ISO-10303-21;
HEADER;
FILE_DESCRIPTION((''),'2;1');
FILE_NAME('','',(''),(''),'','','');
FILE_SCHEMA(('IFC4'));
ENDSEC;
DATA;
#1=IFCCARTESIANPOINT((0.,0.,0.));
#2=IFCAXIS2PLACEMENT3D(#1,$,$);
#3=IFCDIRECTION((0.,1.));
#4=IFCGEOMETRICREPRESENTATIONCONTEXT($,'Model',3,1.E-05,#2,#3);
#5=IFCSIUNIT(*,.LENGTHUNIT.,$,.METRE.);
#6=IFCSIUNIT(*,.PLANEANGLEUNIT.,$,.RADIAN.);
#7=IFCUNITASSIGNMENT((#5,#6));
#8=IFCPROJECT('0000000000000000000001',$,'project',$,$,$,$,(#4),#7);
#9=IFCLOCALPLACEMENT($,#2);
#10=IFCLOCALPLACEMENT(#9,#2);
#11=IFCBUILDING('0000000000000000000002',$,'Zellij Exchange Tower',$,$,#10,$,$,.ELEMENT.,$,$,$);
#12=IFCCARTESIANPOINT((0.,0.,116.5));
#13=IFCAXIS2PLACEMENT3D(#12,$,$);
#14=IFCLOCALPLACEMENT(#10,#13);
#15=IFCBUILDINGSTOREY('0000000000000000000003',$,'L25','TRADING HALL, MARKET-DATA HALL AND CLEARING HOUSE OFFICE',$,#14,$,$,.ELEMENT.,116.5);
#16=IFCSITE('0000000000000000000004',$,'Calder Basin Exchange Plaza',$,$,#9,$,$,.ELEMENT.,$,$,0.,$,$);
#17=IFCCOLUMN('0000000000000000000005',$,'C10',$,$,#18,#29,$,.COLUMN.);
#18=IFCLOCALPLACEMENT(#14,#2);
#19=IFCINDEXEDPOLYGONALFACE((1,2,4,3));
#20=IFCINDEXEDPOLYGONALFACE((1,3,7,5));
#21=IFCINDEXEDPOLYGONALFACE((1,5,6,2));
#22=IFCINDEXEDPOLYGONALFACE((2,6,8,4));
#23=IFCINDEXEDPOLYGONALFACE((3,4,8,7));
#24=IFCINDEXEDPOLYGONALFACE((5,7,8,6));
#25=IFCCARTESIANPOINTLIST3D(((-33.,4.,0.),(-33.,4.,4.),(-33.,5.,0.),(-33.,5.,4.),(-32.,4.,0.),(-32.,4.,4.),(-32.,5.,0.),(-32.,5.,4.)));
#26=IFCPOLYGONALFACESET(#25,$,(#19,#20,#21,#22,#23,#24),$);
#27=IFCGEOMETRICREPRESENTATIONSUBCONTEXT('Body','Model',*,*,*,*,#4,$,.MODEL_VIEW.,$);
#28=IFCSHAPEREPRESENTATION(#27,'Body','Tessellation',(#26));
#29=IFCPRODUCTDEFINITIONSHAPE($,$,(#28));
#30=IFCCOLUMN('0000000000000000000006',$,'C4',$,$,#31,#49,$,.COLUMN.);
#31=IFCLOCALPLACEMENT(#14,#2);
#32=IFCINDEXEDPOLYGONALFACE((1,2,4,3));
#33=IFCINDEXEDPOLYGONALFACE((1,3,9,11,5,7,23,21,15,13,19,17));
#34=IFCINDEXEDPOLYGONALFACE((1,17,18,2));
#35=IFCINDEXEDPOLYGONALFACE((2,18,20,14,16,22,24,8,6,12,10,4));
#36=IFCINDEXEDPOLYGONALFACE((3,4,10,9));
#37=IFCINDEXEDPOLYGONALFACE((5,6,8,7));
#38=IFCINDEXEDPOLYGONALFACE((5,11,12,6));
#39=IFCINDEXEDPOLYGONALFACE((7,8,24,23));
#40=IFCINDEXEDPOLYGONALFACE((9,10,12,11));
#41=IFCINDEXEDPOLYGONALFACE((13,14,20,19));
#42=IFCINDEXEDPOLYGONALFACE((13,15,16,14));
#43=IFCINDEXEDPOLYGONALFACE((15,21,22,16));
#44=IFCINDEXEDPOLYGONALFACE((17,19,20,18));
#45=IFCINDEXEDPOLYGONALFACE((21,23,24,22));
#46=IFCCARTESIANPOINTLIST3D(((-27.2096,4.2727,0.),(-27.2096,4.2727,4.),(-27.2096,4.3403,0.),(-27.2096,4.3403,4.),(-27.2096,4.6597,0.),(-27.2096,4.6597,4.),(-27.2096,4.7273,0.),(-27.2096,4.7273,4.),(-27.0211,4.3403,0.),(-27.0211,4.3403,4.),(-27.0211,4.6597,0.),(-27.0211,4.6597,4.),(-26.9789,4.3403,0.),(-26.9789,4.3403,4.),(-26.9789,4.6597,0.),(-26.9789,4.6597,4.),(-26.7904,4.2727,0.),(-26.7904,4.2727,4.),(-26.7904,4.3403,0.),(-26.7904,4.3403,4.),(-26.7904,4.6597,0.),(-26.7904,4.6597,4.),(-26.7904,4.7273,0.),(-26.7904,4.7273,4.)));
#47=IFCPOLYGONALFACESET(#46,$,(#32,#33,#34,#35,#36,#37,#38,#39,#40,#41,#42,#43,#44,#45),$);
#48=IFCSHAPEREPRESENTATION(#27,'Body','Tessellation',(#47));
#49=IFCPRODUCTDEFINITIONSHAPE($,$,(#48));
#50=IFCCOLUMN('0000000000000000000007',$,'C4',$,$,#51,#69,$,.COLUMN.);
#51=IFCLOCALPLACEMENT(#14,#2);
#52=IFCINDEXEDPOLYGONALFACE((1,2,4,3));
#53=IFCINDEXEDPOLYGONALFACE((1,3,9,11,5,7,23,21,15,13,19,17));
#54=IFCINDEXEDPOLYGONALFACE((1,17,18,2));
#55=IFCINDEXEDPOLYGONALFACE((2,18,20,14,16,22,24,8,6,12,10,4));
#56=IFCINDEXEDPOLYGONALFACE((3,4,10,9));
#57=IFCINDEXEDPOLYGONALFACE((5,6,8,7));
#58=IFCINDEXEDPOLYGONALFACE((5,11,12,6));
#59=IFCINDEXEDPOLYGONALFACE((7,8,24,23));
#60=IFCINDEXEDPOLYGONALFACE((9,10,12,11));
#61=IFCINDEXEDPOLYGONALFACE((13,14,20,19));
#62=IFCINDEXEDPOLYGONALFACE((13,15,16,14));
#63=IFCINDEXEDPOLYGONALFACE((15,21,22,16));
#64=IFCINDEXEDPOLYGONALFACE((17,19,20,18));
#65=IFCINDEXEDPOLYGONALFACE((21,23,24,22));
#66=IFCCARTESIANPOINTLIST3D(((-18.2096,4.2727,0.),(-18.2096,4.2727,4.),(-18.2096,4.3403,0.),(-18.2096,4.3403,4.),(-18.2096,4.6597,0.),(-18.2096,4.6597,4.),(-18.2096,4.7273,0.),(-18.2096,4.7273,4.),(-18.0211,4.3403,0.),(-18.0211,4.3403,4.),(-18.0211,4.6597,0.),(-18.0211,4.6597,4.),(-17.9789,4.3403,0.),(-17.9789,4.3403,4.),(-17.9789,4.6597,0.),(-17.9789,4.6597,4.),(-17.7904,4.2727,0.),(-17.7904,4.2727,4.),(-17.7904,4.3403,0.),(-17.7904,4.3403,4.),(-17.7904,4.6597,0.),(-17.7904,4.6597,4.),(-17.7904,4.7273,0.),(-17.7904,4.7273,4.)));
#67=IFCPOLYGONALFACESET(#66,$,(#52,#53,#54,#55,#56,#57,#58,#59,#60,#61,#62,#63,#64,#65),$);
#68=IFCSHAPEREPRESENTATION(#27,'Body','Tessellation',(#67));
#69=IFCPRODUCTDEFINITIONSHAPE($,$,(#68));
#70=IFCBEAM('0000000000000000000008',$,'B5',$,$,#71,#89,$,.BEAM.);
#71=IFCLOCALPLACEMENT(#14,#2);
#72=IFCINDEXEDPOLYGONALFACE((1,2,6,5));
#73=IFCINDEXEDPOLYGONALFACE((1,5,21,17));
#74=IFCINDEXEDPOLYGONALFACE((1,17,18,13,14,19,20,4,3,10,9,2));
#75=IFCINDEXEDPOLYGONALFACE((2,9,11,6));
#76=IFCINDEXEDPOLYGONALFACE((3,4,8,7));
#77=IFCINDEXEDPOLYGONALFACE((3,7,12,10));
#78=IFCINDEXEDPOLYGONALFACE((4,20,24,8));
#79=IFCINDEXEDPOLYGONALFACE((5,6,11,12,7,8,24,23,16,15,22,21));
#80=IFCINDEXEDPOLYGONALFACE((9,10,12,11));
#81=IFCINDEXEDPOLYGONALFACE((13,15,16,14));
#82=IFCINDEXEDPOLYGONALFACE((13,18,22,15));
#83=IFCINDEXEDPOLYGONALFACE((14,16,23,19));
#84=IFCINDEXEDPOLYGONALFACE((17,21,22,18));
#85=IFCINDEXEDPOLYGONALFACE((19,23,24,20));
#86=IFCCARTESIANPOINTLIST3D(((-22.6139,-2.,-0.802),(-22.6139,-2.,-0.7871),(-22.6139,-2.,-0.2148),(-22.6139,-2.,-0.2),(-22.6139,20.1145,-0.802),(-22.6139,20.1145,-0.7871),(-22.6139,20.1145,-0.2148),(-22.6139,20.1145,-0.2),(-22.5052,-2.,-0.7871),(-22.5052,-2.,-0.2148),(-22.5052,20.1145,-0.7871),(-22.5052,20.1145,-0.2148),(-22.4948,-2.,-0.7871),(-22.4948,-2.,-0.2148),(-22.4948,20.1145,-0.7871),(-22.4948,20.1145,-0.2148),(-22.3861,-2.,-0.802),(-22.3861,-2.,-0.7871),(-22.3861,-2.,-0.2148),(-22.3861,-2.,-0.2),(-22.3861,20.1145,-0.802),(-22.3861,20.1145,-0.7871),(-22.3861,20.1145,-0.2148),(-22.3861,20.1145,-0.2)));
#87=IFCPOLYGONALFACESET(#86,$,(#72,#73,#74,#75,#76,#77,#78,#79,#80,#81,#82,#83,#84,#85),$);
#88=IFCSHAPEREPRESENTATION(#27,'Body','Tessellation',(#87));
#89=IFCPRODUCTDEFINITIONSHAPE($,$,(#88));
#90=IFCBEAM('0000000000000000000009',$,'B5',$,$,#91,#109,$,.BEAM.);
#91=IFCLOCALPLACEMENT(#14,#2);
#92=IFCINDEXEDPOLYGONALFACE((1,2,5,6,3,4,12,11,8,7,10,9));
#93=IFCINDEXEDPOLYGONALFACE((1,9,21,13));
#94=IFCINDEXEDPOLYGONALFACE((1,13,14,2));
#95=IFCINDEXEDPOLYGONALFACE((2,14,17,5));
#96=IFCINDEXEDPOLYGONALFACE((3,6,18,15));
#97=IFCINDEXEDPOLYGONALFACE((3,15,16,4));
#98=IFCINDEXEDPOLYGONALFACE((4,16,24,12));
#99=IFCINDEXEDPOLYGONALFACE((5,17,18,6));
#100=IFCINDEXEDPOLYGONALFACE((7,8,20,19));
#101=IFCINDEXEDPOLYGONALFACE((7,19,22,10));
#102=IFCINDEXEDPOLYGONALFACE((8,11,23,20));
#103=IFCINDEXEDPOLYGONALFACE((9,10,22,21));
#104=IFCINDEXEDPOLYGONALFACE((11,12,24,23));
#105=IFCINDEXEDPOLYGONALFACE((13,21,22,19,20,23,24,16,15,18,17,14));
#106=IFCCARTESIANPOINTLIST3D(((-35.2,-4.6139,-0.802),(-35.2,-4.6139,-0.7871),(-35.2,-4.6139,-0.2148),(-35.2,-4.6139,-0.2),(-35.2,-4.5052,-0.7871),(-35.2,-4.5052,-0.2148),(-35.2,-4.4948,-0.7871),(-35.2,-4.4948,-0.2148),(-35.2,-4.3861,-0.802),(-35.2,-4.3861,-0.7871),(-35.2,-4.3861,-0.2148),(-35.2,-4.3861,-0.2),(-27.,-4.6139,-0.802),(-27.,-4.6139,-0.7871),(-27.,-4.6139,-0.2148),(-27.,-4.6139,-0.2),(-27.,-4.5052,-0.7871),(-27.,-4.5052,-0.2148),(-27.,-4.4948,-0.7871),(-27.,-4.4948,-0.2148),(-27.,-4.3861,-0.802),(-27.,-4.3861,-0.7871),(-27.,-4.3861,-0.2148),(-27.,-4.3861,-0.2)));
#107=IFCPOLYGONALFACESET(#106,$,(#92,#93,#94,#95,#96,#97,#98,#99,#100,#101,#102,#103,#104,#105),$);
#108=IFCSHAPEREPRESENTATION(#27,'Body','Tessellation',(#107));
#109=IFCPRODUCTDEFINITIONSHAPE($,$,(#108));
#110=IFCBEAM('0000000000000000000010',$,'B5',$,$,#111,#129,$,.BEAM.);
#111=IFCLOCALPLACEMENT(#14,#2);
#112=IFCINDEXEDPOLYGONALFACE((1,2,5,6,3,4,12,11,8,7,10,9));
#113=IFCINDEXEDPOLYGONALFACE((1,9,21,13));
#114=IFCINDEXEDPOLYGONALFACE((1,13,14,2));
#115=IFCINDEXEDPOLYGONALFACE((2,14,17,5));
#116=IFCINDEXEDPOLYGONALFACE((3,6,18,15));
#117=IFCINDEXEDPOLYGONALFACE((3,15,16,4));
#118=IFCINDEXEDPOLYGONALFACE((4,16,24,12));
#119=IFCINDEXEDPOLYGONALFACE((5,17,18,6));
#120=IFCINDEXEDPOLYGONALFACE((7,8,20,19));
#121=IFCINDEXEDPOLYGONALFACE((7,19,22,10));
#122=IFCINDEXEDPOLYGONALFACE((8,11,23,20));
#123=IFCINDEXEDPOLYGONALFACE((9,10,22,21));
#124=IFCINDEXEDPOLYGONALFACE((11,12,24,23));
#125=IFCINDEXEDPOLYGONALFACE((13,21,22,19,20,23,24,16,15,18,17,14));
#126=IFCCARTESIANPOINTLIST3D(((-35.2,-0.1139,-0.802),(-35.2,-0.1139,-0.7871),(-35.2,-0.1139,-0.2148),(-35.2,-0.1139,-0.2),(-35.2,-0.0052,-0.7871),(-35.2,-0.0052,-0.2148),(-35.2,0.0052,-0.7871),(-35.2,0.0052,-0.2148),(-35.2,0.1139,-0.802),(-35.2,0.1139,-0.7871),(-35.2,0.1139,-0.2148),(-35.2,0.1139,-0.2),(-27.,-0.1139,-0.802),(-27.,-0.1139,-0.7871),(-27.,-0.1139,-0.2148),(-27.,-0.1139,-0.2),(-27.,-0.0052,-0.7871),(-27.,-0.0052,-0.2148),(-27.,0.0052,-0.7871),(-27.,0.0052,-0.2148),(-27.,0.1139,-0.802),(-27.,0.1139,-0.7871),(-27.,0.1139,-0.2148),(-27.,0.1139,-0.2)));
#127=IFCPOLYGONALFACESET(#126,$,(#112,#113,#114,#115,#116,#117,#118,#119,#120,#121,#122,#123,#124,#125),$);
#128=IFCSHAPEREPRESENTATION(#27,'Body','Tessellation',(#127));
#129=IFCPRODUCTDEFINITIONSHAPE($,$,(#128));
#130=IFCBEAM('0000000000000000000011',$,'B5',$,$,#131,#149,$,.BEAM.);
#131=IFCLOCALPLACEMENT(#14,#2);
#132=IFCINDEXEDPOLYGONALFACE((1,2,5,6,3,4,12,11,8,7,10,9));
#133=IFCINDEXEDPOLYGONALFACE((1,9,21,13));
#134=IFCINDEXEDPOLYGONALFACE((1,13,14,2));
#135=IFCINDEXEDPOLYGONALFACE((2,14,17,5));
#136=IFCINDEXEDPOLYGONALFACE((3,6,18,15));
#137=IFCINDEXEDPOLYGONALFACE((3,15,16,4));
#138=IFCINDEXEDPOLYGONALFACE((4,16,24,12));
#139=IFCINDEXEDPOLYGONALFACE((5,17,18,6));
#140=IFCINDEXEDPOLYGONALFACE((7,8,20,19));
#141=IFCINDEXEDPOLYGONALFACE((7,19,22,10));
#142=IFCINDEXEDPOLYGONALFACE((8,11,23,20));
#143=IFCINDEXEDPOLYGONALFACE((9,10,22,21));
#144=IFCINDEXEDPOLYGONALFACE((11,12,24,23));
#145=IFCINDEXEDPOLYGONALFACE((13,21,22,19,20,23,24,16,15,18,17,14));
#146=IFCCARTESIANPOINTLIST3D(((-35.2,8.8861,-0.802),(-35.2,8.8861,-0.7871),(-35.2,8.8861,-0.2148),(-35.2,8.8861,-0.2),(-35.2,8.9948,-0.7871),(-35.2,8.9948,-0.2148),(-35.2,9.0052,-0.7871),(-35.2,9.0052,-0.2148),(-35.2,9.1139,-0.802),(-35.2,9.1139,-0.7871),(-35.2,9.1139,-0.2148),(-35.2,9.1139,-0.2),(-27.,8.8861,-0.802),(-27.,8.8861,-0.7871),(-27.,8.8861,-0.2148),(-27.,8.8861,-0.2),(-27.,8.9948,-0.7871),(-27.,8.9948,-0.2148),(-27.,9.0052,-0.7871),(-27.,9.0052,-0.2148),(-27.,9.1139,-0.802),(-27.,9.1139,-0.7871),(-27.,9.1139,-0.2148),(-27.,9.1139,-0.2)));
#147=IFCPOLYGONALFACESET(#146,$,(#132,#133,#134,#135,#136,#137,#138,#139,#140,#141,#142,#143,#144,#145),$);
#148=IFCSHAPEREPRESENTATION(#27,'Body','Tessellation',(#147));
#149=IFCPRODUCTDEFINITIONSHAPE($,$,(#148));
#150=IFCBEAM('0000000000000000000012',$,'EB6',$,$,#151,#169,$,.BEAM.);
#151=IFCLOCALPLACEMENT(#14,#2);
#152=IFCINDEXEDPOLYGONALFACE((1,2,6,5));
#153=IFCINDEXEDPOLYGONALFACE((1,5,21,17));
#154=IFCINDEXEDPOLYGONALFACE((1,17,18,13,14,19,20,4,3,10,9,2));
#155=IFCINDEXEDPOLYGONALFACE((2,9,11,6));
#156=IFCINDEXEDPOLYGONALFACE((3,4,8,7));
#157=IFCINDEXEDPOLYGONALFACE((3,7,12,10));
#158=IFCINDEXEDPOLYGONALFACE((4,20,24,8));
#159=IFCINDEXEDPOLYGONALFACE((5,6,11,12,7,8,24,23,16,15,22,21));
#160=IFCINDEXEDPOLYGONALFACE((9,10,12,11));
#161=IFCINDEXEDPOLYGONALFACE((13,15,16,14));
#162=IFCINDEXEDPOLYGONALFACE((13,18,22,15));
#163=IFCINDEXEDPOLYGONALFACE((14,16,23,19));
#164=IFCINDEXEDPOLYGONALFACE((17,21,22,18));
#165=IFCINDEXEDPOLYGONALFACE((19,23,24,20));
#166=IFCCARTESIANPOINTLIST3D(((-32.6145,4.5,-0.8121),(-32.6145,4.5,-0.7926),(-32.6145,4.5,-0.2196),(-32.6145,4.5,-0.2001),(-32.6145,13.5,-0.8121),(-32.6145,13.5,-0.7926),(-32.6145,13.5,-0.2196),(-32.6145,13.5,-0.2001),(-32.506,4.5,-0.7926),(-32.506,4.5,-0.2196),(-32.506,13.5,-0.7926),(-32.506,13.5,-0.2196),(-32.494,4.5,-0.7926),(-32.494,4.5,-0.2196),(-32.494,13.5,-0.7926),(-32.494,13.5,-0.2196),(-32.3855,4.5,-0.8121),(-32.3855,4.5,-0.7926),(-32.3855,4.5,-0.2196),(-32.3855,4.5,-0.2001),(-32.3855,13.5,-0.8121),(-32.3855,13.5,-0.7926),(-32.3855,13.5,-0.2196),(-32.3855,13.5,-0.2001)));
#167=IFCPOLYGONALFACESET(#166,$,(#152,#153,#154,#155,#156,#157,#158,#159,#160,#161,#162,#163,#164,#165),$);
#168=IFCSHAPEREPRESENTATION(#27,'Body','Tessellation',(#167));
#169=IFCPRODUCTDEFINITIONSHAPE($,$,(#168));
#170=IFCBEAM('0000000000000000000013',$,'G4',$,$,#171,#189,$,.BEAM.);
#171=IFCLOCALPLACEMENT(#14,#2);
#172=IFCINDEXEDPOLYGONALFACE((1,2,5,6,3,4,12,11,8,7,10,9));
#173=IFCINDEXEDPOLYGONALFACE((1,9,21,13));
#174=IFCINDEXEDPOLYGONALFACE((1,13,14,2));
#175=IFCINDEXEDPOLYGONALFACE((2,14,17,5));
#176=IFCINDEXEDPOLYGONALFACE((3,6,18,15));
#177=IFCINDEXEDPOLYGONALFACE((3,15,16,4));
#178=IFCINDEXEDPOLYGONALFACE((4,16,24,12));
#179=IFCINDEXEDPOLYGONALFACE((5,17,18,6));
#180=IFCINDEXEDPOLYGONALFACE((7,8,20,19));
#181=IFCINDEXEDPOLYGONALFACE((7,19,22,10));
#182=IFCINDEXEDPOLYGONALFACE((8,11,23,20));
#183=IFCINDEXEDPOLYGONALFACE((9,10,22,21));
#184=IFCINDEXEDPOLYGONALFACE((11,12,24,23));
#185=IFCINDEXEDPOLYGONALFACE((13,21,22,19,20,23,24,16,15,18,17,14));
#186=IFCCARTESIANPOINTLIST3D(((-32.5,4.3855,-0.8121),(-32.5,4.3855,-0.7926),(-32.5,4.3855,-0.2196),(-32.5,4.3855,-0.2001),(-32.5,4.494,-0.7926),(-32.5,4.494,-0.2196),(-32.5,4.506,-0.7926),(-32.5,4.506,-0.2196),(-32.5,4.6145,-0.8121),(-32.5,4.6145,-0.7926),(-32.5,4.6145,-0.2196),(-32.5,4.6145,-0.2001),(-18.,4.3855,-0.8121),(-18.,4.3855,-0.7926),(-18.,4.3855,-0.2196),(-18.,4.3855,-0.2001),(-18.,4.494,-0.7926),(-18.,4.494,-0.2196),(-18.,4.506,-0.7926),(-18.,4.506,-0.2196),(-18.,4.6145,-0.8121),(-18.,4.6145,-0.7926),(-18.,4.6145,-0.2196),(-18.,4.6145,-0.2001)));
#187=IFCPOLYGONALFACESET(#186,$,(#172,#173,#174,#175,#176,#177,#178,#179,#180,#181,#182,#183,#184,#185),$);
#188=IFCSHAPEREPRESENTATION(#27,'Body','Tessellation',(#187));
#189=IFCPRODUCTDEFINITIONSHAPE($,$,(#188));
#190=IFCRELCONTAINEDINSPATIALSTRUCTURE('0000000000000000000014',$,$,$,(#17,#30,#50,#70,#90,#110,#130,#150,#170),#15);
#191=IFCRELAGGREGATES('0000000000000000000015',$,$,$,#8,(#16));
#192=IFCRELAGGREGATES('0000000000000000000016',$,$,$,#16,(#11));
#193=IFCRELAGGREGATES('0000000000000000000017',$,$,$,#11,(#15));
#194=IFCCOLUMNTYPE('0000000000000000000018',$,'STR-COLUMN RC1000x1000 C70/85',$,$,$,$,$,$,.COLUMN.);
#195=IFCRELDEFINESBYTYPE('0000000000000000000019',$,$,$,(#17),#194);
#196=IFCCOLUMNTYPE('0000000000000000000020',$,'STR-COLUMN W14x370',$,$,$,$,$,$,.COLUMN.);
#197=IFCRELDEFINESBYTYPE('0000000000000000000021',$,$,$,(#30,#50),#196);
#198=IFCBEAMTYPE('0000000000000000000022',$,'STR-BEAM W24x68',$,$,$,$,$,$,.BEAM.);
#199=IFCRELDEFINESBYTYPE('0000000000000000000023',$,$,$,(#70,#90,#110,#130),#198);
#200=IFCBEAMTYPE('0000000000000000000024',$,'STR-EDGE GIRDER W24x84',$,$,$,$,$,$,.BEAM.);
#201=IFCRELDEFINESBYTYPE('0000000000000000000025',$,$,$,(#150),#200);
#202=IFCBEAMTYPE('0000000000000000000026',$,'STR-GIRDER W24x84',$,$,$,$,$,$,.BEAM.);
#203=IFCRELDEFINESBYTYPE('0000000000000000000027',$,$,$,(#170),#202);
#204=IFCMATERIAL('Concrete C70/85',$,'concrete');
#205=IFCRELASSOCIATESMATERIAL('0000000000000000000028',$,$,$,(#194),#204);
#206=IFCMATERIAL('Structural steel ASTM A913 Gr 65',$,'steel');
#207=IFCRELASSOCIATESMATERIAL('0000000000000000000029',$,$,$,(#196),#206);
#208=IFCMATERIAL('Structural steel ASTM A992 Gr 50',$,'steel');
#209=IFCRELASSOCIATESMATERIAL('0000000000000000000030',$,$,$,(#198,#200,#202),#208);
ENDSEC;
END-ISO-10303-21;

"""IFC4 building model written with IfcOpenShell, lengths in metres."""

from ifc_helpers import new_model, si_unit, direction, frame, origin, origin_2d, place, context, subcontext, project, spatial, rectangle, i_section, extrude, material, material_profile, profile_set, type_object, element, save


model = new_model("IFC4")

# Units and contexts
model_context = context("Model", 3, precision=1e-05, world=origin(), true_north=direction((0.0, 1.0)))
body_context = subcontext(model_context, "Body", "Model", "MODEL_VIEW")
ifc_project = project(units=[si_unit("LENGTHUNIT", "METRE"), si_unit("PLANEANGLEUNIT", "RADIAN")], contexts=[model_context])

# Site, building, storey
site_placement = place(None, origin())
site = spatial("IfcSite", under=ifc_project, at=site_placement, Name="Calder Basin Exchange Plaza", CompositionType="ELEMENT", RefElevation=0.0)
building_placement = place(site_placement, origin())
building = spatial("IfcBuilding", under=site, at=building_placement, Name="Zellij Exchange Tower", CompositionType="ELEMENT")
storey_placement = place(building_placement, frame((0.0, 0.0, 116.5)))
storey = spatial("IfcBuildingStorey", under=building, at=storey_placement, Name="L25", Description="TRADING HALL, MARKET-DATA HALL AND CLEARING HOUSE OFFICE", CompositionType="ELEMENT", Elevation=116.5)

# Columns
ifc_material_1 = material(Name="Concrete C70/85", Category="concrete")
ifc_material_profile_1 = material_profile(ifc_material_1, rectangle(XDim=1.0, YDim=1.0, at=origin_2d()), Name="STR-COLUMN RC1000x1000 C70/85")
ifc_profile_set_1 = profile_set([ifc_material_profile_1], Name="Concrete C70/85")
column_type_1 = type_object("IfcColumnType", Name="STR-COLUMN RC1000x1000 C70/85", PredefinedType="COLUMN", material=ifc_profile_set_1)
column_placement = place(storey_placement, frame((-32.5, 4.5, 0.0), z_axis=(0.0, 0.0, 1.0), x_axis=(1.0, 0.0, 0.0)))
element("IfcColumn", 1, at=column_placement, inside=storey, type_object=column_type_1, Name="C10", PredefinedType="COLUMN", context=body_context, shape_type="SweptSolid", body=[
    extrude(rectangle(XDim=1.0, YDim=1.0, at=origin_2d()), origin(), (0.0, 0.0, 1.0), 4.0),
])
ifc_material_2 = material(Name="Structural steel ASTM A913 Gr 65", Category="steel")
ifc_material_profile_2 = material_profile(ifc_material_2, i_section(OverallWidth=0.4192, OverallDepth=0.4546, WebThickness=0.0422, FlangeThickness=0.0676, at=origin_2d()), Name="W14x370")
ifc_profile_set_2 = profile_set([ifc_material_profile_2], Name="Structural steel ASTM A913 Gr 65")
column_type_2 = type_object("IfcColumnType", Name="STR-COLUMN W14x370", PredefinedType="COLUMN", material=ifc_profile_set_2)
for number, where, z_axis, x_axis, name in (
    (2, (-27.0, 4.5, 0.0), (0.0, 0.0, 1.0), (1.0, 0.0, 0.0), "C4"),
    (3, (-18.0, 4.5, 0.0), (0.0, 0.0, 1.0), (1.0, 0.0, 0.0), "C4"),
):
    element("IfcColumn", number, at=place(storey_placement, frame(where, z_axis=z_axis, x_axis=x_axis)), inside=storey, type_object=column_type_2, Name=name, PredefinedType="COLUMN", context=body_context, shape_type="SweptSolid", body=[
        extrude(i_section(OverallWidth=0.4192, OverallDepth=0.4546, WebThickness=0.0422, FlangeThickness=0.0676, at=origin_2d()), origin(), (0.0, 0.0, 1.0), 4.0),
    ])

# Beams
ifc_material_3 = material(Name="Structural steel ASTM A992 Gr 50", Category="steel")
ifc_material_profile_3 = material_profile(ifc_material_3, i_section(OverallWidth=0.2278, OverallDepth=0.6021, WebThickness=0.0105, FlangeThickness=0.0149, at=origin_2d()), Name="W24x68")
ifc_profile_set_3 = profile_set([ifc_material_profile_3], Name="Structural steel ASTM A992 Gr 50")
beam_type_1 = type_object("IfcBeamType", Name="STR-BEAM W24x68", PredefinedType="BEAM", material=ifc_profile_set_3)
beam_1_placement = place(storey_placement, frame((-22.5, -2.0, -0.501), z_axis=(0.0, 1.0, 0.0), x_axis=(-1.0, 0.0, 0.0)))
element("IfcBeam", 4, at=beam_1_placement, inside=storey, type_object=beam_type_1, Name="B5", PredefinedType="BEAM", context=body_context, shape_type="SweptSolid", body=[
    extrude(i_section(OverallWidth=0.2278, OverallDepth=0.6021, WebThickness=0.0105, FlangeThickness=0.0149, at=origin_2d()), origin(), (0.0, 0.0, 1.0), 22.1145),
])
for number, where, z_axis, x_axis, name in (
    (5, (-35.2, -4.5, -0.501), (1.0, 0.0, 0.0), (0.0, 1.0, 0.0), "B5"),
    (6, (-35.2, 0.0, -0.501), (1.0, 0.0, 0.0), (0.0, 1.0, 0.0), "B5"),
    (7, (-35.2, 9.0, -0.501), (1.0, 0.0, 0.0), (0.0, 1.0, 0.0), "B5"),
):
    element("IfcBeam", number, at=place(storey_placement, frame(where, z_axis=z_axis, x_axis=x_axis)), inside=storey, type_object=beam_type_1, Name=name, PredefinedType="BEAM", context=body_context, shape_type="SweptSolid", body=[
        extrude(i_section(OverallWidth=0.2278, OverallDepth=0.6021, WebThickness=0.0105, FlangeThickness=0.0149, at=origin_2d()), origin(), (0.0, 0.0, 1.0), 8.2),
    ])
ifc_material_profile_4 = material_profile(ifc_material_3, i_section(OverallWidth=0.229, OverallDepth=0.6121, WebThickness=0.012, FlangeThickness=0.0195, at=origin_2d()), Name="W24x84")
ifc_profile_set_4 = profile_set([ifc_material_profile_4], Name="Structural steel ASTM A992 Gr 50")
beam_type_2 = type_object("IfcBeamType", Name="STR-EDGE GIRDER W24x84", PredefinedType="BEAM", material=ifc_profile_set_4)
beam_2_placement = place(storey_placement, frame((-32.5, 4.5, -0.5061), z_axis=(0.0, 1.0, 0.0), x_axis=(-1.0, 0.0, 0.0)))
element("IfcBeam", 8, at=beam_2_placement, inside=storey, type_object=beam_type_2, Name="EB6", PredefinedType="BEAM", context=body_context, shape_type="SweptSolid", body=[
    extrude(i_section(OverallWidth=0.229, OverallDepth=0.6121, WebThickness=0.012, FlangeThickness=0.0195, at=origin_2d()), origin(), (0.0, 0.0, 1.0), 9.0),
])
ifc_material_profile_5 = material_profile(ifc_material_3, i_section(OverallWidth=0.229, OverallDepth=0.6121, WebThickness=0.012, FlangeThickness=0.0195, at=origin_2d()), Name="W24x84")
ifc_profile_set_5 = profile_set([ifc_material_profile_5], Name="Structural steel ASTM A992 Gr 50")
beam_type_3 = type_object("IfcBeamType", Name="STR-GIRDER W24x84", PredefinedType="BEAM", material=ifc_profile_set_5)
beam_3_placement = place(storey_placement, frame((-32.5, 4.5, -0.5061), z_axis=(1.0, 0.0, 0.0), x_axis=(0.0, 1.0, 0.0)))
element("IfcBeam", 9, at=beam_3_placement, inside=storey, type_object=beam_type_3, Name="G4", PredefinedType="BEAM", context=body_context, shape_type="SweptSolid", body=[
    extrude(i_section(OverallWidth=0.229, OverallDepth=0.6121, WebThickness=0.012, FlangeThickness=0.0195, at=origin_2d()), origin(), (0.0, 0.0, 1.0), 14.5),
])

save(model, "model.ifc")
